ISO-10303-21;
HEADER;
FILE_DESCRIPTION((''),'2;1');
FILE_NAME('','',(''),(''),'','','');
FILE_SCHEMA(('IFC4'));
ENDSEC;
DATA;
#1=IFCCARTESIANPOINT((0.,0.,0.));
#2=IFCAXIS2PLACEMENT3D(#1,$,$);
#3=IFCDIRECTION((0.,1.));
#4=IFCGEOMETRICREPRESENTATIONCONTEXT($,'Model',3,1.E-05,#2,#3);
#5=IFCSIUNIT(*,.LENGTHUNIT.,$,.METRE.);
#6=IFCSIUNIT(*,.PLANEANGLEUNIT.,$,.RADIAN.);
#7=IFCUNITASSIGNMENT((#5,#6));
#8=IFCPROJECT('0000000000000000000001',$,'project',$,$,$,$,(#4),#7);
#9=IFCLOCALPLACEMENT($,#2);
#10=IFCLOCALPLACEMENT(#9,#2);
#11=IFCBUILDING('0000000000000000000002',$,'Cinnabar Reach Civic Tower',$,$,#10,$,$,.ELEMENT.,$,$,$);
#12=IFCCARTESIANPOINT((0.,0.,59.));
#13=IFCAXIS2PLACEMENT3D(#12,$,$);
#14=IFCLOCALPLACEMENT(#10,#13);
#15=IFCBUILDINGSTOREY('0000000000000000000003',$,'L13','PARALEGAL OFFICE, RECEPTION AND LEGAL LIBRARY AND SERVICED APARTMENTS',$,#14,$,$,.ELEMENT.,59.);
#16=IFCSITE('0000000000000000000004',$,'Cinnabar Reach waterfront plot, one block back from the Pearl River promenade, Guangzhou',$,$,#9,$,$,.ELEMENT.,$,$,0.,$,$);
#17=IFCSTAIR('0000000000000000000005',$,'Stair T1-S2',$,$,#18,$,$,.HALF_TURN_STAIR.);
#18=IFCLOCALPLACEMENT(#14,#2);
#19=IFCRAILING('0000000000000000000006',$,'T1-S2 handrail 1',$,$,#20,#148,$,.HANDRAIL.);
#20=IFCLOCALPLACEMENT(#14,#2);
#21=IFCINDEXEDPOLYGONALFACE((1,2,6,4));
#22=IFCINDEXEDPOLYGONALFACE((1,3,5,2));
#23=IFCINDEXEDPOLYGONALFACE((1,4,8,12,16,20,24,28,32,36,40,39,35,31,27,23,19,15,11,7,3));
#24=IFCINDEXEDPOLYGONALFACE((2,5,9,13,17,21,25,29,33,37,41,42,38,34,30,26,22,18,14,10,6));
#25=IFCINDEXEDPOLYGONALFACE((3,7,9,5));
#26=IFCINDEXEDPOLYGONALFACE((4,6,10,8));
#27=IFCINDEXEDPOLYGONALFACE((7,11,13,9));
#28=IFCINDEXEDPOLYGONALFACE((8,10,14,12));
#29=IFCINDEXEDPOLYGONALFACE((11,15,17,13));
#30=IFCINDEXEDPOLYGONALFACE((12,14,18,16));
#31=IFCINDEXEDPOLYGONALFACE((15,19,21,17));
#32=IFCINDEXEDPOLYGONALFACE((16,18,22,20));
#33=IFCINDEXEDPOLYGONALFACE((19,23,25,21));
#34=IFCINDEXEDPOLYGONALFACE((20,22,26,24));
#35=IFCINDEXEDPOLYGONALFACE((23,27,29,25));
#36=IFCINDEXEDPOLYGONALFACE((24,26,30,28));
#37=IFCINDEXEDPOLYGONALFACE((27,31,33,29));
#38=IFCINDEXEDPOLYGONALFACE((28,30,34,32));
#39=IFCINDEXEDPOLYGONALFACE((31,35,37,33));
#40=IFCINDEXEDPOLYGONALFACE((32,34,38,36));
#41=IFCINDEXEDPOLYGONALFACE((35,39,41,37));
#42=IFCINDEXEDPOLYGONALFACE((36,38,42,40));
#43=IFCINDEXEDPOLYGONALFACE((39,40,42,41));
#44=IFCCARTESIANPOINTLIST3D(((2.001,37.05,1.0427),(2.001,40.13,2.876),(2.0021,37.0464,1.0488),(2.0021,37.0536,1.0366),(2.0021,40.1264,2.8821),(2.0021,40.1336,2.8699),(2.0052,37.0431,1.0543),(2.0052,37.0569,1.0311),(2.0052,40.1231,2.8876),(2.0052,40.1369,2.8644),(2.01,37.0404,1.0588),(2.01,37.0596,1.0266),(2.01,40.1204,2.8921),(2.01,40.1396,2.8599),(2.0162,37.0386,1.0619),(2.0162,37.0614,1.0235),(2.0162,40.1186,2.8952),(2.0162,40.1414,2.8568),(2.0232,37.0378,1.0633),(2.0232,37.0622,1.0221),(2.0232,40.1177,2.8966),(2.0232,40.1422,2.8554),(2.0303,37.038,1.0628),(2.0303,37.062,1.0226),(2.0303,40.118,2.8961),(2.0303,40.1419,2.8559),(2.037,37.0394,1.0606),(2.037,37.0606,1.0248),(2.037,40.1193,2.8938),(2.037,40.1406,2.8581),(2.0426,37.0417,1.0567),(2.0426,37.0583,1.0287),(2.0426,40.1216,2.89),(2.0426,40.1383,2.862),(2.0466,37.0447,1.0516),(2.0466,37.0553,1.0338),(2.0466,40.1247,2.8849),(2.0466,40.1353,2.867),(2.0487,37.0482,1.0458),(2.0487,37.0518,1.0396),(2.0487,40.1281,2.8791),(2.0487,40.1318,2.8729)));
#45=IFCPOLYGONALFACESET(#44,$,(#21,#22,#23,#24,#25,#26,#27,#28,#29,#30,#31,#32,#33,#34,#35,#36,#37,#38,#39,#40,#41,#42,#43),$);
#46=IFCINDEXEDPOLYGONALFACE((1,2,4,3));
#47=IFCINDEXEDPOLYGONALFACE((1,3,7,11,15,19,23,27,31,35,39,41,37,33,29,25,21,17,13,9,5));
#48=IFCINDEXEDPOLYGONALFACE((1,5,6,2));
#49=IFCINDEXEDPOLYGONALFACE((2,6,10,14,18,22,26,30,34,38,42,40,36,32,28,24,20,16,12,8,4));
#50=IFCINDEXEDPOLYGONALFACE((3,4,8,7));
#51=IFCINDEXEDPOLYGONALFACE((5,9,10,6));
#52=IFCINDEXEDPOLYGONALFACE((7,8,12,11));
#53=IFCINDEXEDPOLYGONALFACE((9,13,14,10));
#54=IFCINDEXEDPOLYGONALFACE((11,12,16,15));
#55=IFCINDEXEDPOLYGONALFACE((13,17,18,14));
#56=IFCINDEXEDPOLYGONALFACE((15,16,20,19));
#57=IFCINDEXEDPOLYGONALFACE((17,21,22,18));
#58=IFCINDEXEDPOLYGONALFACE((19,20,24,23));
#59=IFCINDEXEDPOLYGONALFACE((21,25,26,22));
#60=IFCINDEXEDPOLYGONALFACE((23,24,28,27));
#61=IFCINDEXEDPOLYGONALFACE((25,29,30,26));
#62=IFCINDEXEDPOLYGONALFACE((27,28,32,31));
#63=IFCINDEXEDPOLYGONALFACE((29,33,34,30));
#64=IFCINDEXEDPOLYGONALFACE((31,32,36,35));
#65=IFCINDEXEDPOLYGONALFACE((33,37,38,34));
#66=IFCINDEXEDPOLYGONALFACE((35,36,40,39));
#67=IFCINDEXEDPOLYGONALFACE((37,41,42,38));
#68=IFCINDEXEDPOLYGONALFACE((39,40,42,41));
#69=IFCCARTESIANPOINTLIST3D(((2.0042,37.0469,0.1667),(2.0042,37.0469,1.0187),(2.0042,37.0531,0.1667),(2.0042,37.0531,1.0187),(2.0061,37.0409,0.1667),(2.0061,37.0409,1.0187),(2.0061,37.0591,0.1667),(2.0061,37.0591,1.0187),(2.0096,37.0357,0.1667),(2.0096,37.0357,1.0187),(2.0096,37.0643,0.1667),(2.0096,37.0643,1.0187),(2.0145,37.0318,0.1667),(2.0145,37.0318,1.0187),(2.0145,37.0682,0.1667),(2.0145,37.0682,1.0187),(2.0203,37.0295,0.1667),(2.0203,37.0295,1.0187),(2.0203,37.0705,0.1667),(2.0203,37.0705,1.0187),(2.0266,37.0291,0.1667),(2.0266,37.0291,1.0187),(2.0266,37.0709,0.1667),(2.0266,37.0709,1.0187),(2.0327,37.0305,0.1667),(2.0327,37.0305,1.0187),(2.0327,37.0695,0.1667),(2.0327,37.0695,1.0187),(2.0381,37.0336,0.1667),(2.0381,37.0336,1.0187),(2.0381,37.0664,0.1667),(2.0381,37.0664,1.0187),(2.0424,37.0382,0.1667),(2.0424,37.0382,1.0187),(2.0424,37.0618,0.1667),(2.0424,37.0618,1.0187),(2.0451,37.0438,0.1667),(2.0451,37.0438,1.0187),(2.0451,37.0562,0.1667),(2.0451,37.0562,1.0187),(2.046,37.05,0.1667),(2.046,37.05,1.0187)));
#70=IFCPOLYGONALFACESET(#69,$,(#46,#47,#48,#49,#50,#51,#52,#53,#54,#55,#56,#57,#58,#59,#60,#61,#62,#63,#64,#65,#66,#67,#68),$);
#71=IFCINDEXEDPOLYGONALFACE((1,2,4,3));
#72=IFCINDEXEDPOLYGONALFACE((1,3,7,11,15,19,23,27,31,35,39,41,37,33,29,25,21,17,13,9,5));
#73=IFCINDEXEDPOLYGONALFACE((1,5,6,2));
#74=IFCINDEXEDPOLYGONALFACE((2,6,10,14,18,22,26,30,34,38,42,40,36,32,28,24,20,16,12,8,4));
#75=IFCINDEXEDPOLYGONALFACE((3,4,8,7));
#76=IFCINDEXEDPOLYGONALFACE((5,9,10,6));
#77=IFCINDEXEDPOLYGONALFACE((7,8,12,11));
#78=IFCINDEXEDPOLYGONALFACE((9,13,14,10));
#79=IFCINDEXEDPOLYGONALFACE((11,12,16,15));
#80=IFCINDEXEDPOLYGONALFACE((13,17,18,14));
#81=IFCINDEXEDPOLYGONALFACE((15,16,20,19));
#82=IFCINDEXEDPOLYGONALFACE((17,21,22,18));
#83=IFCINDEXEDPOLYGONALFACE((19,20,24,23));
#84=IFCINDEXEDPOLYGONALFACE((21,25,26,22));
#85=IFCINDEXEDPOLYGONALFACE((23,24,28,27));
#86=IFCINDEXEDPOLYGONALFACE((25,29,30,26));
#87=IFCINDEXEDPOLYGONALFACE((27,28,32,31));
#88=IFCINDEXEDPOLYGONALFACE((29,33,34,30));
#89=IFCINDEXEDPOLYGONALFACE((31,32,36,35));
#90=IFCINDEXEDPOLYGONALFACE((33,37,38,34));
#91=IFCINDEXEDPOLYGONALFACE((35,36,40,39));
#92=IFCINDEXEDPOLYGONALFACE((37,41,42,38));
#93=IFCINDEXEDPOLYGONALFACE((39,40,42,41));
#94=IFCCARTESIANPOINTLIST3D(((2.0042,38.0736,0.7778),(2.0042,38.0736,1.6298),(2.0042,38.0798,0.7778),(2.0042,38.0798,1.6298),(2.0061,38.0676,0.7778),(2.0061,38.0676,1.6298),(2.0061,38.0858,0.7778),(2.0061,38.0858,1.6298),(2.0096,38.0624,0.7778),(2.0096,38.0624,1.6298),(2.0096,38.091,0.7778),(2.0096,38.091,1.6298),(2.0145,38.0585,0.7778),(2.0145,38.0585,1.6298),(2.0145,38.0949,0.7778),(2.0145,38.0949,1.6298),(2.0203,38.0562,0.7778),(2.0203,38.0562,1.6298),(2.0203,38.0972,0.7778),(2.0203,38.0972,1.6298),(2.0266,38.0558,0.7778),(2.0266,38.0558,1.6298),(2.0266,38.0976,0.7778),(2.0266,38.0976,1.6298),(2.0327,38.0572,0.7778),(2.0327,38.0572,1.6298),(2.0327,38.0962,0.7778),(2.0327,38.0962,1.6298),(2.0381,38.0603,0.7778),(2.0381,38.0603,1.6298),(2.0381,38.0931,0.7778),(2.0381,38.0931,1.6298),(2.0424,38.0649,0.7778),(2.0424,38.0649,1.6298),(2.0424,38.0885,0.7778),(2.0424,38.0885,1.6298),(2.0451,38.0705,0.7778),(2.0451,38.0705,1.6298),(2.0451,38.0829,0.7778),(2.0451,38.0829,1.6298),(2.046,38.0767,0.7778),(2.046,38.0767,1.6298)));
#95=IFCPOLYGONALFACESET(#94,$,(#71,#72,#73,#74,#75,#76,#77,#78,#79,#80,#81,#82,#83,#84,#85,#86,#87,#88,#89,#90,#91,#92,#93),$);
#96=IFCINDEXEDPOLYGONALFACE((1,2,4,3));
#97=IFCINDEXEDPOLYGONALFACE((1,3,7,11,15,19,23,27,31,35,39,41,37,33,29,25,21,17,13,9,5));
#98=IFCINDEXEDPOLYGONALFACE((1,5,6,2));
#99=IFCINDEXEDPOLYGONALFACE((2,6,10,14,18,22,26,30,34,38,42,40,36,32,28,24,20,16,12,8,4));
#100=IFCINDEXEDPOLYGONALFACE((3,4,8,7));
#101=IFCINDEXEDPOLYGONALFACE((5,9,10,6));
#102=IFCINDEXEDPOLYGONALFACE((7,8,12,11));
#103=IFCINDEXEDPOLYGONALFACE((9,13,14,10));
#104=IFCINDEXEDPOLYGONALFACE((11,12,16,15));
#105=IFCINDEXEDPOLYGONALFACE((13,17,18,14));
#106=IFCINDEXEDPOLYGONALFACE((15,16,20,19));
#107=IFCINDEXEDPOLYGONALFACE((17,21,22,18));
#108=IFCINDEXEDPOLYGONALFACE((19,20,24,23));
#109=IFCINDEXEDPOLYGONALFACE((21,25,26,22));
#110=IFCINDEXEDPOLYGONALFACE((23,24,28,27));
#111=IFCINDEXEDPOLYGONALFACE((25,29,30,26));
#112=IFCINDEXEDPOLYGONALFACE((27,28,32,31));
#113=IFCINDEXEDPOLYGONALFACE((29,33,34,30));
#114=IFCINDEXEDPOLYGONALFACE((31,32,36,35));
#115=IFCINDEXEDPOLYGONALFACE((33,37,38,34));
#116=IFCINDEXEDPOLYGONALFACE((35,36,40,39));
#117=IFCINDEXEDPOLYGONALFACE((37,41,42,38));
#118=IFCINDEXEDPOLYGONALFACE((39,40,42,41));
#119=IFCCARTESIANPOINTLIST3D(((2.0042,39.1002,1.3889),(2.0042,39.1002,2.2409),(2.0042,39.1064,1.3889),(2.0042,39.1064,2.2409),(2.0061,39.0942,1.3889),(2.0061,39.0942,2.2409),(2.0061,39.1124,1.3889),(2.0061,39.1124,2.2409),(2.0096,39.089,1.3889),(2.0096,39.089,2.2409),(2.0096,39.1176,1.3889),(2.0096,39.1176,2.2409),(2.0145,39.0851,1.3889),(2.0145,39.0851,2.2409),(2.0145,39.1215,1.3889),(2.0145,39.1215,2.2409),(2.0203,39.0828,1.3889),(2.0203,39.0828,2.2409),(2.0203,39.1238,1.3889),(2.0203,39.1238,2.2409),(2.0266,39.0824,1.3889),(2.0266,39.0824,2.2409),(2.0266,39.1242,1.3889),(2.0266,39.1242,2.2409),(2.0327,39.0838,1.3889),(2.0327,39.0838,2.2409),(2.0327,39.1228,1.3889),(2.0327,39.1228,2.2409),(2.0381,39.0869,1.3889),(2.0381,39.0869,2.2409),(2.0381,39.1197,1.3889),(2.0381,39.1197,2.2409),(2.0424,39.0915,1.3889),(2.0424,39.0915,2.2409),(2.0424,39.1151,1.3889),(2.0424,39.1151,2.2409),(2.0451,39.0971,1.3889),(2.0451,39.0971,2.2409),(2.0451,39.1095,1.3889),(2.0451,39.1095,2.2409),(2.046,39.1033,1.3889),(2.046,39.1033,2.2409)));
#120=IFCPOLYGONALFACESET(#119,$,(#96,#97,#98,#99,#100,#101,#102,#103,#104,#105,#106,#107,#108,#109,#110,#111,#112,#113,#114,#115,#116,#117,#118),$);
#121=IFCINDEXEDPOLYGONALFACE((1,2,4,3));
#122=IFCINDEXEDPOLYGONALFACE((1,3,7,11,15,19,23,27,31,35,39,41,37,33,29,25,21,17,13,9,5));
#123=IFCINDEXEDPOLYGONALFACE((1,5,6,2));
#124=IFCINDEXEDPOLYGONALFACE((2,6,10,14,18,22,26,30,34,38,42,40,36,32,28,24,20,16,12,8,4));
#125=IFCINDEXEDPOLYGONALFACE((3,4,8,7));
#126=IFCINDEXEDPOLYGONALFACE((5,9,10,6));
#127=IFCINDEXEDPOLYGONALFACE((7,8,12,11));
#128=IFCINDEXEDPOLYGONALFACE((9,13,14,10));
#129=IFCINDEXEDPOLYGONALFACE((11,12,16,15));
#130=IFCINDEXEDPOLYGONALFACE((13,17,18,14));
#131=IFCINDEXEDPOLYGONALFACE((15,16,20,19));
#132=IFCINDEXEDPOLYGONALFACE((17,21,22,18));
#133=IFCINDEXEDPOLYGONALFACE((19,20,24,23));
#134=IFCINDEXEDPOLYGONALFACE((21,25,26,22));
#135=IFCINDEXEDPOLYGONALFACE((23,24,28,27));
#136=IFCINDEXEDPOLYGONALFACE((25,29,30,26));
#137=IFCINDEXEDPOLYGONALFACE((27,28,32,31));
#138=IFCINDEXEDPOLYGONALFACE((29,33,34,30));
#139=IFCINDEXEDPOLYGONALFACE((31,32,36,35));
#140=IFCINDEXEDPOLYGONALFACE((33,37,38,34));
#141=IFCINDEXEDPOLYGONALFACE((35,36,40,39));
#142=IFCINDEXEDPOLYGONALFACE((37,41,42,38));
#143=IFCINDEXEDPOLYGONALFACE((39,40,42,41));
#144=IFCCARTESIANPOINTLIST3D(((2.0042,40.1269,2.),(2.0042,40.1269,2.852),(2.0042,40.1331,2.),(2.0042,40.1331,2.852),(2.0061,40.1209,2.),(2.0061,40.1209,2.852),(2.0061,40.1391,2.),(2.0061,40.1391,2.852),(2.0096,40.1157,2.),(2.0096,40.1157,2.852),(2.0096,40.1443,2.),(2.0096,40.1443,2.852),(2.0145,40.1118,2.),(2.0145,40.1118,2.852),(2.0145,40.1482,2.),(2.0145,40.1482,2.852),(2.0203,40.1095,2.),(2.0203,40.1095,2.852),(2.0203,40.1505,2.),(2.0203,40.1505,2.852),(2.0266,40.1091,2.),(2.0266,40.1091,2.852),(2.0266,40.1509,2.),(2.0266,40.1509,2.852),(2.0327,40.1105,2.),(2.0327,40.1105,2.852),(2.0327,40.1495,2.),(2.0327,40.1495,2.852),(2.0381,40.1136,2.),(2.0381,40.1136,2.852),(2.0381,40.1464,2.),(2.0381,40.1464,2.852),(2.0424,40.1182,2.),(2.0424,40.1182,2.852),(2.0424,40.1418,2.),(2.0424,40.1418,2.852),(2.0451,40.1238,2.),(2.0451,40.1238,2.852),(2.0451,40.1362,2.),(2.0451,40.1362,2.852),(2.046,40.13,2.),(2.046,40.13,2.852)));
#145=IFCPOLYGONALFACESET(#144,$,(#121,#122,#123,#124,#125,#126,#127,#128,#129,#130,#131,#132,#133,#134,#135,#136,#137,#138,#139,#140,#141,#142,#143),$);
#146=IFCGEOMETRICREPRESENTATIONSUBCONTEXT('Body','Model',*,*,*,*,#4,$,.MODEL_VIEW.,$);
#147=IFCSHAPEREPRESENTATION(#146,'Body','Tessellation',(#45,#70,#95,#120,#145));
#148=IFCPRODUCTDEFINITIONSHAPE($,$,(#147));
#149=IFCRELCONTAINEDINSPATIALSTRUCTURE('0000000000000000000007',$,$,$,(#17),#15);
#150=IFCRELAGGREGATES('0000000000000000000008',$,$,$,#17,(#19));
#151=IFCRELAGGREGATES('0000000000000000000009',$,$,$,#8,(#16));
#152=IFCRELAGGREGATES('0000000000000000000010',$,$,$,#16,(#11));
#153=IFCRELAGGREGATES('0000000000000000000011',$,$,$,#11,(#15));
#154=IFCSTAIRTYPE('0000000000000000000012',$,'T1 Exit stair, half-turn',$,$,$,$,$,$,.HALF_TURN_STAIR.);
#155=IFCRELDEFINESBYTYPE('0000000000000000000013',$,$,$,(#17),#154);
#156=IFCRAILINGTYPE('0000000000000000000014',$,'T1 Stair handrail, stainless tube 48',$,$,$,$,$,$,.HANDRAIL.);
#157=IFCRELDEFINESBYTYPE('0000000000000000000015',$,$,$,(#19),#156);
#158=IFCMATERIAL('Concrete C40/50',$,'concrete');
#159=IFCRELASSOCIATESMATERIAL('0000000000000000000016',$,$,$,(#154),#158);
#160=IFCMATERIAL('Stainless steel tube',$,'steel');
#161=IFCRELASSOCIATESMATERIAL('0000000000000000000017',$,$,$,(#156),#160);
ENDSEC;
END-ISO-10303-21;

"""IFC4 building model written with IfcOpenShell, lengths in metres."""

from ifc_helpers import new_model, si_unit, direction, frame, origin, origin_2d, place, context, subcontext, project, spatial, circle, extrude, material, type_object, element, aggregate, save


model = new_model("IFC4")

# Units and contexts
model_context = context("Model", 3, precision=1e-05, world=origin(), true_north=direction((0.0, 1.0)))
body_context = subcontext(model_context, "Body", "Model", "MODEL_VIEW")
ifc_project = project(units=[si_unit("LENGTHUNIT", "METRE"), si_unit("PLANEANGLEUNIT", "RADIAN")], contexts=[model_context])

# Site, building, storey
site_placement = place(None, origin())
site = spatial("IfcSite", under=ifc_project, at=site_placement, Name="Cinnabar Reach waterfront plot, one block back from the Pearl River promenade, Guangzhou", CompositionType="ELEMENT", RefElevation=0.0)
building_placement = place(site_placement, origin())
building = spatial("IfcBuilding", under=site, at=building_placement, Name="Cinnabar Reach Civic Tower", CompositionType="ELEMENT")
storey_placement = place(building_placement, frame((0.0, 0.0, 59.0)))
storey = spatial("IfcBuildingStorey", under=building, at=storey_placement, Name="L13", Description="PARALEGAL OFFICE, RECEPTION AND LEGAL LIBRARY AND SERVICED APARTMENTS", CompositionType="ELEMENT", Elevation=59.0)

# Stair, railing
ifc_material_1 = material(Name="Concrete C40/50", Category="concrete")
stair_type = type_object("IfcStairType", Name="T1 Exit stair, half-turn", PredefinedType="HALF_TURN_STAIR", material=ifc_material_1)
stair_placement = place(storey_placement, origin())
stair = element("IfcStair", 1, at=stair_placement, inside=storey, type_object=stair_type, Name="Stair T1-S2", PredefinedType="HALF_TURN_STAIR")
ifc_material_2 = material(Name="Stainless steel tube", Category="steel")
railing_type = type_object("IfcRailingType", Name="T1 Stair handrail, stainless tube 48", PredefinedType="HANDRAIL", material=ifc_material_2)
railing_placement = place(storey_placement, frame((2.025, 37.05, 0.1667)))
railing = element("IfcRailing", 2, at=railing_placement, type_object=railing_type, Name="T1-S2 handrail 1", PredefinedType="HANDRAIL", context=body_context, shape_type="SweptSolid", body=[
    extrude(circle(Radius=0.024, at=origin_2d()), frame((0.0, 0.0, 0.876), z_axis=(0.0, 0.859297, 0.511477), x_axis=(-1.0, 0.0, 0.0)), (0.0, 0.0, 1.0), 3.5843),
    extrude(circle(Radius=0.021, at=origin_2d()), origin(), (0.0, 0.0, 1.0), 0.852),
    extrude(circle(Radius=0.021, at=origin_2d()), frame((0.0, 1.0267, 0.6111)), (0.0, 0.0, 1.0), 0.852),
    extrude(circle(Radius=0.021, at=origin_2d()), frame((0.0, 2.0533, 1.2222)), (0.0, 0.0, 1.0), 0.852),
    extrude(circle(Radius=0.021, at=origin_2d()), frame((0.0, 3.08, 1.8333)), (0.0, 0.0, 1.0), 0.852),
])
aggregate(stair, [railing])

save(model, "model.ifc")
